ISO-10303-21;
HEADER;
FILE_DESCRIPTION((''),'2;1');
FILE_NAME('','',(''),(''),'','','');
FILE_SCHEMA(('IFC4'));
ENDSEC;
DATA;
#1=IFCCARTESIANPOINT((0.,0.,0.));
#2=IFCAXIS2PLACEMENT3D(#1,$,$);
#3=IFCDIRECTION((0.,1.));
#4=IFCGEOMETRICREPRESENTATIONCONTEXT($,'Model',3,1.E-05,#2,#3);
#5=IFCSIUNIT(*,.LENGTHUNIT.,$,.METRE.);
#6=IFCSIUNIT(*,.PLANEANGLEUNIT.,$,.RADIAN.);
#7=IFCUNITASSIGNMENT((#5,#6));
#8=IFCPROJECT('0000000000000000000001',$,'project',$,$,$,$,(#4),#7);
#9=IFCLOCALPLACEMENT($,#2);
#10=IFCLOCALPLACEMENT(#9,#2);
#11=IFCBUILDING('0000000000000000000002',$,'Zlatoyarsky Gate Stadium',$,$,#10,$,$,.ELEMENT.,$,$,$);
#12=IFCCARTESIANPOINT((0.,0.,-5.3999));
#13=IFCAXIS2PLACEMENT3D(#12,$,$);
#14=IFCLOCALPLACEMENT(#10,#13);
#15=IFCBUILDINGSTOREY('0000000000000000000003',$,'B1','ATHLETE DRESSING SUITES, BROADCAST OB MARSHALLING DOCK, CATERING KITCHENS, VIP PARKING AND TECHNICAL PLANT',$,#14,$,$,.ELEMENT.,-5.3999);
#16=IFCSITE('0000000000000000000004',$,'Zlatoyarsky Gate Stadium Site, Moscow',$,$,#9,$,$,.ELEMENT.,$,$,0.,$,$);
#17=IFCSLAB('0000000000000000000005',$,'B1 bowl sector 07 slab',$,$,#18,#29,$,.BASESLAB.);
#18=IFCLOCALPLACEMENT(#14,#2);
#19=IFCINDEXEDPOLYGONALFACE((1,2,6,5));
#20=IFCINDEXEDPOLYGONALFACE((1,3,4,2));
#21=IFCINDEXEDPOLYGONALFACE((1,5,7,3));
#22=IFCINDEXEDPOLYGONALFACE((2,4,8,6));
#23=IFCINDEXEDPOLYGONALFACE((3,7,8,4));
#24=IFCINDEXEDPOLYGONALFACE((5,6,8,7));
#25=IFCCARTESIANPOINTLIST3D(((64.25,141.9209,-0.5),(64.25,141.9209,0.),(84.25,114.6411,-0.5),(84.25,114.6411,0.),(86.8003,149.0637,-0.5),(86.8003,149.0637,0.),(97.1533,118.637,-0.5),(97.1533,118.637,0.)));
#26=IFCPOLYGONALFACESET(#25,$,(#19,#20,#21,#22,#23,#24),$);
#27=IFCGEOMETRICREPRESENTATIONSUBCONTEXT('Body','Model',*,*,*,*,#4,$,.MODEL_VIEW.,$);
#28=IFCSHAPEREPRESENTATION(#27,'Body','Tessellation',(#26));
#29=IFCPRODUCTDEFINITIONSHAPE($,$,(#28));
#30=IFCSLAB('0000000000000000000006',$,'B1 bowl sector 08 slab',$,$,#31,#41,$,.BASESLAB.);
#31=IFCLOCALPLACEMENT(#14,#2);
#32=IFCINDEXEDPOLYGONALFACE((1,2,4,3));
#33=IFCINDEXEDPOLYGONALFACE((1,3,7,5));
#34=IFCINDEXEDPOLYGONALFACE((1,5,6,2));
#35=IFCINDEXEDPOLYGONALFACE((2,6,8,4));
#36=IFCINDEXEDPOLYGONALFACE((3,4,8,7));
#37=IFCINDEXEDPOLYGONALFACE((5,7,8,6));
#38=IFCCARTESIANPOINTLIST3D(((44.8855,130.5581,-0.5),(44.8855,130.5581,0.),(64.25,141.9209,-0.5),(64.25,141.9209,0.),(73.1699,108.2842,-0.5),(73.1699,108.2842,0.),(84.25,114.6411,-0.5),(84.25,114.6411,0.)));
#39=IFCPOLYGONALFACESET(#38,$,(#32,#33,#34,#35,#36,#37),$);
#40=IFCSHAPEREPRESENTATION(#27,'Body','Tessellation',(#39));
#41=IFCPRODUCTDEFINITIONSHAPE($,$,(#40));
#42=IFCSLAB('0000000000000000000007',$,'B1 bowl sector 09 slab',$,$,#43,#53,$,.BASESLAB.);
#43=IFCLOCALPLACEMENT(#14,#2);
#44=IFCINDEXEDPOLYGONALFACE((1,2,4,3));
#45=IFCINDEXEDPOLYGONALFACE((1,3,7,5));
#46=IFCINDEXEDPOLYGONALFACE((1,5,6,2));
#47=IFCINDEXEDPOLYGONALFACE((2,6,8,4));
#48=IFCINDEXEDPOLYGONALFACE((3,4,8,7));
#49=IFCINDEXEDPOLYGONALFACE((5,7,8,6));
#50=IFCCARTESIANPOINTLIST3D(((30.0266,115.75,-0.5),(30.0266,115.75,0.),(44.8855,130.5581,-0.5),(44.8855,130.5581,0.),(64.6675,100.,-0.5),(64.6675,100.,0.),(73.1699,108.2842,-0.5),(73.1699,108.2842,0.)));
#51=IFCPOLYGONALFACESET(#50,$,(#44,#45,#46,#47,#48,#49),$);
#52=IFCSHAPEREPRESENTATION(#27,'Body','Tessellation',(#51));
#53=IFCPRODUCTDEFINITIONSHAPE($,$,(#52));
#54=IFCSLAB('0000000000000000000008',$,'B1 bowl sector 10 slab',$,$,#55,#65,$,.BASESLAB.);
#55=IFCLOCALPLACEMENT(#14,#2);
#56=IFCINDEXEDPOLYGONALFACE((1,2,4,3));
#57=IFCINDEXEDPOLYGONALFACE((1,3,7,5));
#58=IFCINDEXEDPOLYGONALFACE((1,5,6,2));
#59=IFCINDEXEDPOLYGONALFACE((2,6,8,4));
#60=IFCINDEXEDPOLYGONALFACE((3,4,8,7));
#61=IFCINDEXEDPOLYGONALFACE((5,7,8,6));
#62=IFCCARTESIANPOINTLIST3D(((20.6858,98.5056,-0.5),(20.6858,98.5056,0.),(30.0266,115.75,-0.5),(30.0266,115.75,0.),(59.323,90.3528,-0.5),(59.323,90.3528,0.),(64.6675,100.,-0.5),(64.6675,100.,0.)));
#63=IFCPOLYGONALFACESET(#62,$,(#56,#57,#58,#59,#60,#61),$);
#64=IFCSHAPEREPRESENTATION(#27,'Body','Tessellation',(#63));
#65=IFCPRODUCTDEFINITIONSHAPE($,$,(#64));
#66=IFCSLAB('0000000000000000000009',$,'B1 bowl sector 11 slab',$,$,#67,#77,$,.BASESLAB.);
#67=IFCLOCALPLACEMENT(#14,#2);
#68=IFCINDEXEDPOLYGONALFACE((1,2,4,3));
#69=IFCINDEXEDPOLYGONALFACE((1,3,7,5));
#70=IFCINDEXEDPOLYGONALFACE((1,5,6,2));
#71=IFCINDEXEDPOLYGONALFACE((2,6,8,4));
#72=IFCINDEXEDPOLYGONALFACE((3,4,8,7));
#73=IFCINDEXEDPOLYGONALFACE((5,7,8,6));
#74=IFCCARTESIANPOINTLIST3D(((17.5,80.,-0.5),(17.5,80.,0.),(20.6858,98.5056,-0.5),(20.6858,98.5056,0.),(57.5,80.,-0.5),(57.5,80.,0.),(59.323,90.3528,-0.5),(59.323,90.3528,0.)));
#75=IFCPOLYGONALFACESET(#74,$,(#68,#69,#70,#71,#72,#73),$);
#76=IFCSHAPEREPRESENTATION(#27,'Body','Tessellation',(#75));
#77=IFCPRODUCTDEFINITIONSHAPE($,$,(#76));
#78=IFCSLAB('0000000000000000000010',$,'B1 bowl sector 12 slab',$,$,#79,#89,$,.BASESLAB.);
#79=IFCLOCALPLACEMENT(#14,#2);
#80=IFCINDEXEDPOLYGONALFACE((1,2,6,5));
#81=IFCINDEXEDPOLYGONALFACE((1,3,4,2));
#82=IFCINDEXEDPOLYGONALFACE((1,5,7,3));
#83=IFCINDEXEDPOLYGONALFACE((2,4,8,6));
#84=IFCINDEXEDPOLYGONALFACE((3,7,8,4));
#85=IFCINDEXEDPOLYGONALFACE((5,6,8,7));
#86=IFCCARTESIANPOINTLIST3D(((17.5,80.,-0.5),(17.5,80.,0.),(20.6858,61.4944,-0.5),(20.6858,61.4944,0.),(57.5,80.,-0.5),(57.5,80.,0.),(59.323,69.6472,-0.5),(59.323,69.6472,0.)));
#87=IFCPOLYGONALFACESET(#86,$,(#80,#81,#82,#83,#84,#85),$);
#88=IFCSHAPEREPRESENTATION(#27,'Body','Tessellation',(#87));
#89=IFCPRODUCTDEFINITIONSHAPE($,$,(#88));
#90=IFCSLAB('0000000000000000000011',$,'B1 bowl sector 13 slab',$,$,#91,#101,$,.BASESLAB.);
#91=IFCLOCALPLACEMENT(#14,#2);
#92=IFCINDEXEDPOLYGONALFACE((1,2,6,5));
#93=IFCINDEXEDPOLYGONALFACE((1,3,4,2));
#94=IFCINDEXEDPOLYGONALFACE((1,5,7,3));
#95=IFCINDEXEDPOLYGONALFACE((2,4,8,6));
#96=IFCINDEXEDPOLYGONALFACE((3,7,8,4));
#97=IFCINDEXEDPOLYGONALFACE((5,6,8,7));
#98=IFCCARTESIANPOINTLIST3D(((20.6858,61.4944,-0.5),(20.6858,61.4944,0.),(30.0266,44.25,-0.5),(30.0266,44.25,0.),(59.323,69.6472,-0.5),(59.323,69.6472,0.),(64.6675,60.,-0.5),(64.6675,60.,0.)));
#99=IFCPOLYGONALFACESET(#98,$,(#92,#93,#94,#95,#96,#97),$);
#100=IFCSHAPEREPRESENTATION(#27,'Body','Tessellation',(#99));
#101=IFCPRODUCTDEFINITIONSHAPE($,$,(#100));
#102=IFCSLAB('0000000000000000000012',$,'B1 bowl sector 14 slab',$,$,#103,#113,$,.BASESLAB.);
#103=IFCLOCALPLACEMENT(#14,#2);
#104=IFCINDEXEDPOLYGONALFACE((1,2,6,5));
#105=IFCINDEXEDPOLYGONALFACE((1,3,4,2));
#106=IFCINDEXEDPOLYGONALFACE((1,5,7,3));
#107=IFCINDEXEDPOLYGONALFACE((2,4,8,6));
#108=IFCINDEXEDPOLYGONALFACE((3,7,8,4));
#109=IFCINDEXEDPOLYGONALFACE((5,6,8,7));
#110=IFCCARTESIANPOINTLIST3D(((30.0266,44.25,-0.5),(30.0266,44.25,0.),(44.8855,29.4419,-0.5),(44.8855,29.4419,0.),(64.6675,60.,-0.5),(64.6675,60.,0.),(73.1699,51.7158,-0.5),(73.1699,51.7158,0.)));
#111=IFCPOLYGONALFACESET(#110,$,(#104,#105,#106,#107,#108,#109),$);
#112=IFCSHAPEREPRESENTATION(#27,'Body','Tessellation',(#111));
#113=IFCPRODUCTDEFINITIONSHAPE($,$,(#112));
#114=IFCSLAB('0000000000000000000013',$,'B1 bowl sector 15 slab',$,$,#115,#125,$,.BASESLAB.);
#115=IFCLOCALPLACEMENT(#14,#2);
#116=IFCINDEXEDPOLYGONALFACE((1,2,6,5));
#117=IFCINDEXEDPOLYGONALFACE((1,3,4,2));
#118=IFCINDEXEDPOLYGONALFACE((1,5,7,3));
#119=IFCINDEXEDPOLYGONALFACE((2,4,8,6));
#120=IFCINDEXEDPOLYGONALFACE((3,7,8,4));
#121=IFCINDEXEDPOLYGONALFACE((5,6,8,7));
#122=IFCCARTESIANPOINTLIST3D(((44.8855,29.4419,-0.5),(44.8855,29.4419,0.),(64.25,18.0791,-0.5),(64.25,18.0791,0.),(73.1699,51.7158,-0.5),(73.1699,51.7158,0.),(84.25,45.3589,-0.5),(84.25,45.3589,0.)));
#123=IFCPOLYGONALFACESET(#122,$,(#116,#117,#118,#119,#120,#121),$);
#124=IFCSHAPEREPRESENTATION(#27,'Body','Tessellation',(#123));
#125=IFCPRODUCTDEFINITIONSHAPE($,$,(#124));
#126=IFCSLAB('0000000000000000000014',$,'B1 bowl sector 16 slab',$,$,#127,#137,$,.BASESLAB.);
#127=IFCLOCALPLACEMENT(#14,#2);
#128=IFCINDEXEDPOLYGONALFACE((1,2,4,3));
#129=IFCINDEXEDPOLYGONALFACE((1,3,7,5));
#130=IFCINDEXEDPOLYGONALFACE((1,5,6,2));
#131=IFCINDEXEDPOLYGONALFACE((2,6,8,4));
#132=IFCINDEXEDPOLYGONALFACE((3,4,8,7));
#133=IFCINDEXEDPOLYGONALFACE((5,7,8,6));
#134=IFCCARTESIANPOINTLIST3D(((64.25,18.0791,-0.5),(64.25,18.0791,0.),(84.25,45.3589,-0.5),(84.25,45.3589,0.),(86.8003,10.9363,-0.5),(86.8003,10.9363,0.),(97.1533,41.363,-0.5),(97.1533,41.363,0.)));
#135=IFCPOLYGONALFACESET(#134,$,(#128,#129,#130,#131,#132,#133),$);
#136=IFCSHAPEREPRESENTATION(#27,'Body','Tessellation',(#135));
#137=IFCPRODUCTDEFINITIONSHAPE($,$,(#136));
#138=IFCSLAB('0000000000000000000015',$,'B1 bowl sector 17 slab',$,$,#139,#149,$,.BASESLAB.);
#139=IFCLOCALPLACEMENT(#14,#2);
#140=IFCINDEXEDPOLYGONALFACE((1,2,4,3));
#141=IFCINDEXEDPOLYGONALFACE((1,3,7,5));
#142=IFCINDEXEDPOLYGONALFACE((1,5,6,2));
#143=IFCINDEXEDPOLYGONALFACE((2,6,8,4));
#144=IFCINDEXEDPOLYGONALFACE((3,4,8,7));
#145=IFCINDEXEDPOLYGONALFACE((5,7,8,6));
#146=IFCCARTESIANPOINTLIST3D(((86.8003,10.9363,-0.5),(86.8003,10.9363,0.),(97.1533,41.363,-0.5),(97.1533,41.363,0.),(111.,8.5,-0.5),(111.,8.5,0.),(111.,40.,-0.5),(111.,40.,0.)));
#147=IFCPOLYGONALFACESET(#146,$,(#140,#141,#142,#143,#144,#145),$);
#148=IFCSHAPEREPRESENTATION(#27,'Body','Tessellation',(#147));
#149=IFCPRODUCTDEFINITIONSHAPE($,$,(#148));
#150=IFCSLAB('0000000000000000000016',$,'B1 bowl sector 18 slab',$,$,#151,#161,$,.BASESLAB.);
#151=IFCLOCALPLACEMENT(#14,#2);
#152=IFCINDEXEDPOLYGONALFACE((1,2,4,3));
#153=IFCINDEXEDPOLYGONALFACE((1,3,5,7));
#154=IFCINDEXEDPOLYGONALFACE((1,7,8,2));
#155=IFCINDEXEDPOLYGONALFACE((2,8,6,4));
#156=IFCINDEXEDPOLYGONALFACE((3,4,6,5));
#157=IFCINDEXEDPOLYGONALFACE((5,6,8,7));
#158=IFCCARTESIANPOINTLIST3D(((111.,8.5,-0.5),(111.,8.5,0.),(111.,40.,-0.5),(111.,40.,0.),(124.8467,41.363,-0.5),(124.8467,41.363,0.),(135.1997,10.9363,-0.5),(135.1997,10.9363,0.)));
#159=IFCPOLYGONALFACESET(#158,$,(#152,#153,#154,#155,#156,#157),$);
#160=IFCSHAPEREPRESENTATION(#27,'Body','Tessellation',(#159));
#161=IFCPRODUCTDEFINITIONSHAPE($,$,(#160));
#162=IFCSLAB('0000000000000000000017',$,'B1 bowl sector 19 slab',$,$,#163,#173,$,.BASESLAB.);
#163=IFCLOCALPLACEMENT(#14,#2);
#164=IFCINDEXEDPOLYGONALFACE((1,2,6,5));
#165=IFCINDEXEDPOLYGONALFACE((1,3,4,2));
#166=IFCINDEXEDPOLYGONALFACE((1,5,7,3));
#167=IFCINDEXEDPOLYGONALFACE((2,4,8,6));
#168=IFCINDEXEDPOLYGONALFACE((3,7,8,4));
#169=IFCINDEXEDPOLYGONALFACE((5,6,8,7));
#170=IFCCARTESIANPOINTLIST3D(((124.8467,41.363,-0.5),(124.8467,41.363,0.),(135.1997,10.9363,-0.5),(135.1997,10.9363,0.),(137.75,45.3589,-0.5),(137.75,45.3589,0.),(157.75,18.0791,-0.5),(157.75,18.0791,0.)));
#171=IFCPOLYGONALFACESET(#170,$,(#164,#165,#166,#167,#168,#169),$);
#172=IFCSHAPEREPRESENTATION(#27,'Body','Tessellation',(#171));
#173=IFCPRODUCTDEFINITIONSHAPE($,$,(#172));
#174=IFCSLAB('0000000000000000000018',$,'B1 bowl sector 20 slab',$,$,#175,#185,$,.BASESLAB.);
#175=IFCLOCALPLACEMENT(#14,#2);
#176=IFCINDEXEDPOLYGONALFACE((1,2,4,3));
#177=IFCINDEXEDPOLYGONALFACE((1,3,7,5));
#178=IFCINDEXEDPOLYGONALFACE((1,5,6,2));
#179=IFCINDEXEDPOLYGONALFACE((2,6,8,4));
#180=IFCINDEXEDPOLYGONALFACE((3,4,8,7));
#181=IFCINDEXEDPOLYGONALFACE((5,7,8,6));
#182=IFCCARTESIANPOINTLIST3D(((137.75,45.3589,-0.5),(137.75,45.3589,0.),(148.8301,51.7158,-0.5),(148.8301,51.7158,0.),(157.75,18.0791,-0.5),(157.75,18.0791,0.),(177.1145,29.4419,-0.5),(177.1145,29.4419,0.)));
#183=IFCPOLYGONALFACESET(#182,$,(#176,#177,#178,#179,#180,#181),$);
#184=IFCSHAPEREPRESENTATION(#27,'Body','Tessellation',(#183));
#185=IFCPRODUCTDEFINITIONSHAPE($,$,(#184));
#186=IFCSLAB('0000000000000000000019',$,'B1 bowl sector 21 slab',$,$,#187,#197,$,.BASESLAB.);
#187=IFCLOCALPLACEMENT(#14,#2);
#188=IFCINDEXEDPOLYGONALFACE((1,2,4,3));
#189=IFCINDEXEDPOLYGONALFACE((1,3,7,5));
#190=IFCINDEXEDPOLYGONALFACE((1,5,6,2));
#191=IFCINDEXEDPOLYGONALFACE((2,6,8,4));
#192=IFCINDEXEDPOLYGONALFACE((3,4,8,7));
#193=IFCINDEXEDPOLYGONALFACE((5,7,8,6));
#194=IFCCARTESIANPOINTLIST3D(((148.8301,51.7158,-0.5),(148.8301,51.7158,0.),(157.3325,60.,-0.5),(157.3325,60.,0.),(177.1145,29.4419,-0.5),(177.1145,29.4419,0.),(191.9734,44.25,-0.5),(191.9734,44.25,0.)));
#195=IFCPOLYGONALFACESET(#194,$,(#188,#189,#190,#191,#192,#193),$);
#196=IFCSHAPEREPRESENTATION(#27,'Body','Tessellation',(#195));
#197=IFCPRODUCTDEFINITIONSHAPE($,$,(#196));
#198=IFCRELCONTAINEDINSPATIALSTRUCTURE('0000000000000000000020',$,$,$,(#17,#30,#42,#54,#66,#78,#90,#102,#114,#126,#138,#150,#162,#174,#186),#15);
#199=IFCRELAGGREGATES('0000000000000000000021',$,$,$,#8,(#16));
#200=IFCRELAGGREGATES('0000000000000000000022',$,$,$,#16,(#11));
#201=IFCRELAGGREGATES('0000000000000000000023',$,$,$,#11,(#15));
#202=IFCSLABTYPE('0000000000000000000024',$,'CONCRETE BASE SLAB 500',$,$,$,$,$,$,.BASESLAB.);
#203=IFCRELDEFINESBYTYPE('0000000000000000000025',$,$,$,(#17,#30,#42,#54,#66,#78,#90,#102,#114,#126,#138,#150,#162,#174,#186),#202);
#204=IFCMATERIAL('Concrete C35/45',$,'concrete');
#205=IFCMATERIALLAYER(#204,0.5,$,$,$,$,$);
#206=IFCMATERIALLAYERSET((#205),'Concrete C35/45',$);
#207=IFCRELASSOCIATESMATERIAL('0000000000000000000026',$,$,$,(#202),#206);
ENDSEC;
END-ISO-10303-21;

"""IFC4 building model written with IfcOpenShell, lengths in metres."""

from ifc_helpers import new_model, si_unit, direction, frame, origin, place, context, subcontext, project, spatial, polyline, outline, extrude, material, layer, layer_set, type_object, element, save


model = new_model("IFC4")

# Units and contexts
model_context = context("Model", 3, precision=1e-05, world=origin(), true_north=direction((0.0, 1.0)))
body_context = subcontext(model_context, "Body", "Model", "MODEL_VIEW")
ifc_project = project(units=[si_unit("LENGTHUNIT", "METRE"), si_unit("PLANEANGLEUNIT", "RADIAN")], contexts=[model_context])

# Site, building, storey
site_placement = place(None, origin())
site = spatial("IfcSite", under=ifc_project, at=site_placement, Name="Zlatoyarsky Gate Stadium Site, Moscow", CompositionType="ELEMENT", RefElevation=0.0)
building_placement = place(site_placement, origin())
building = spatial("IfcBuilding", under=site, at=building_placement, Name="Zlatoyarsky Gate Stadium", CompositionType="ELEMENT")
storey_placement = place(building_placement, frame((0.0, 0.0, -5.3999)))
storey = spatial("IfcBuildingStorey", under=building, at=storey_placement, Name="B1", Description="ATHLETE DRESSING SUITES, BROADCAST OB MARSHALLING DOCK, CATERING KITCHENS, VIP PARKING AND TECHNICAL PLANT", CompositionType="ELEMENT", Elevation=-5.3999)

# Shared definitions
ifc_material = material(Name="Concrete C35/45", Category="concrete")

# Slabs
ifc_layer = layer(ifc_material, 0.5)
ifc_layer_set = layer_set([ifc_layer], Name="Concrete C35/45")
slab_type = type_object("IfcSlabType", Name="CONCRETE BASE SLAB 500", PredefinedType="BASESLAB", material=ifc_layer_set)
slab_1_placement = place(storey_placement, frame((0.0, 0.0, -0.5)))
element("IfcSlab", 1, at=slab_1_placement, inside=storey, type_object=slab_type, Name="B1 bowl sector 07 slab", PredefinedType="BASESLAB", context=body_context, shape_type="SweptSolid", body=[
    extrude(outline(polyline([(84.25, 114.6411), (64.25, 141.9209), (86.8003, 149.0637), (97.1533, 118.637), (84.25, 114.6411)])), origin(), (0.0, 0.0, 1.0), 0.5),
])
slab_2_placement = place(storey_placement, frame((0.0, 0.0, -0.5)))
element("IfcSlab", 2, at=slab_2_placement, inside=storey, type_object=slab_type, Name="B1 bowl sector 08 slab", PredefinedType="BASESLAB", context=body_context, shape_type="SweptSolid", body=[
    extrude(outline(polyline([(73.1699, 108.2842), (44.8855, 130.5581), (64.25, 141.9209), (84.25, 114.6411), (73.1699, 108.2842)])), origin(), (0.0, 0.0, 1.0), 0.5),
])
slab_3_placement = place(storey_placement, frame((0.0, 0.0, -0.5)))
element("IfcSlab", 3, at=slab_3_placement, inside=storey, type_object=slab_type, Name="B1 bowl sector 09 slab", PredefinedType="BASESLAB", context=body_context, shape_type="SweptSolid", body=[
    extrude(outline(polyline([(64.6675, 100.0), (30.0266, 115.75), (44.8855, 130.5581), (73.1699, 108.2842), (64.6675, 100.0)])), origin(), (0.0, 0.0, 1.0), 0.5),
])
slab_4_placement = place(storey_placement, frame((0.0, 0.0, -0.5)))
element("IfcSlab", 4, at=slab_4_placement, inside=storey, type_object=slab_type, Name="B1 bowl sector 10 slab", PredefinedType="BASESLAB", context=body_context, shape_type="SweptSolid", body=[
    extrude(outline(polyline([(59.323, 90.3528), (20.6858, 98.5056), (30.0266, 115.75), (64.6675, 100.0), (59.323, 90.3528)])), origin(), (0.0, 0.0, 1.0), 0.5),
])
slab_5_placement = place(storey_placement, frame((0.0, 0.0, -0.5)))
element("IfcSlab", 5, at=slab_5_placement, inside=storey, type_object=slab_type, Name="B1 bowl sector 11 slab", PredefinedType="BASESLAB", context=body_context, shape_type="SweptSolid", body=[
    extrude(outline(polyline([(57.5, 80.0), (17.5, 80.0), (20.6858, 98.5056), (59.323, 90.3528), (57.5, 80.0)])), origin(), (0.0, 0.0, 1.0), 0.5),
])
slab_6_placement = place(storey_placement, frame((0.0, 0.0, -0.5)))
element("IfcSlab", 6, at=slab_6_placement, inside=storey, type_object=slab_type, Name="B1 bowl sector 12 slab", PredefinedType="BASESLAB", context=body_context, shape_type="SweptSolid", body=[
    extrude(outline(polyline([(59.323, 69.6472), (20.6858, 61.4944), (17.5, 80.0), (57.5, 80.0), (59.323, 69.6472)])), origin(), (0.0, 0.0, 1.0), 0.5),
])
slab_7_placement = place(storey_placement, frame((0.0, 0.0, -0.5)))
element("IfcSlab", 7, at=slab_7_placement, inside=storey, type_object=slab_type, Name="B1 bowl sector 13 slab", PredefinedType="BASESLAB", context=body_context, shape_type="SweptSolid", body=[
    extrude(outline(polyline([(64.6675, 60.0), (30.0266, 44.25), (20.6858, 61.4944), (59.323, 69.6472), (64.6675, 60.0)])), origin(), (0.0, 0.0, 1.0), 0.5),
])
slab_8_placement = place(storey_placement, frame((0.0, 0.0, -0.5)))
element("IfcSlab", 8, at=slab_8_placement, inside=storey, type_object=slab_type, Name="B1 bowl sector 14 slab", PredefinedType="BASESLAB", context=body_context, shape_type="SweptSolid", body=[
    extrude(outline(polyline([(73.1699, 51.7158), (44.8855, 29.4419), (30.0266, 44.25), (64.6675, 60.0), (73.1699, 51.7158)])), origin(), (0.0, 0.0, 1.0), 0.5),
])
slab_9_placement = place(storey_placement, frame((0.0, 0.0, -0.5)))
element("IfcSlab", 9, at=slab_9_placement, inside=storey, type_object=slab_type, Name="B1 bowl sector 15 slab", PredefinedType="BASESLAB", context=body_context, shape_type="SweptSolid", body=[
    extrude(outline(polyline([(84.25, 45.3589), (64.25, 18.0791), (44.8855, 29.4419), (73.1699, 51.7158), (84.25, 45.3589)])), origin(), (0.0, 0.0, 1.0), 0.5),
])
slab_10_placement = place(storey_placement, frame((0.0, 0.0, -0.5)))
element("IfcSlab", 10, at=slab_10_placement, inside=storey, type_object=slab_type, Name="B1 bowl sector 16 slab", PredefinedType="BASESLAB", context=body_context, shape_type="SweptSolid", body=[
    extrude(outline(polyline([(97.1533, 41.363), (86.8003, 10.9363), (64.25, 18.0791), (84.25, 45.3589), (97.1533, 41.363)])), origin(), (0.0, 0.0, 1.0), 0.5),
])
slab_11_placement = place(storey_placement, frame((0.0, 0.0, -0.5)))
element("IfcSlab", 11, at=slab_11_placement, inside=storey, type_object=slab_type, Name="B1 bowl sector 17 slab", PredefinedType="BASESLAB", context=body_context, shape_type="SweptSolid", body=[
    extrude(outline(polyline([(111.0, 40.0), (111.0, 8.5), (86.8003, 10.9363), (97.1533, 41.363), (111.0, 40.0)])), origin(), (0.0, 0.0, 1.0), 0.5),
])
slab_12_placement = place(storey_placement, frame((0.0, 0.0, -0.5)))
element("IfcSlab", 12, at=slab_12_placement, inside=storey, type_object=slab_type, Name="B1 bowl sector 18 slab", PredefinedType="BASESLAB", context=body_context, shape_type="SweptSolid", body=[
    extrude(outline(polyline([(124.8467, 41.363), (135.1997, 10.9363), (111.0, 8.5), (111.0, 40.0), (124.8467, 41.363)])), origin(), (0.0, 0.0, 1.0), 0.5),
])
slab_13_placement = place(storey_placement, frame((0.0, 0.0, -0.5)))
element("IfcSlab", 13, at=slab_13_placement, inside=storey, type_object=slab_type, Name="B1 bowl sector 19 slab", PredefinedType="BASESLAB", context=body_context, shape_type="SweptSolid", body=[
    extrude(outline(polyline([(137.75, 45.3589), (157.75, 18.0791), (135.1997, 10.9363), (124.8467, 41.363), (137.75, 45.3589)])), origin(), (0.0, 0.0, 1.0), 0.5),
])
slab_14_placement = place(storey_placement, frame((0.0, 0.0, -0.5)))
element("IfcSlab", 14, at=slab_14_placement, inside=storey, type_object=slab_type, Name="B1 bowl sector 20 slab", PredefinedType="BASESLAB", context=body_context, shape_type="SweptSolid", body=[
    extrude(outline(polyline([(148.8301, 51.7158), (177.1145, 29.4419), (157.75, 18.0791), (137.75, 45.3589), (148.8301, 51.7158)])), origin(), (0.0, 0.0, 1.0), 0.5),
])
slab_15_placement = place(storey_placement, frame((0.0, 0.0, -0.5)))
element("IfcSlab", 15, at=slab_15_placement, inside=storey, type_object=slab_type, Name="B1 bowl sector 21 slab", PredefinedType="BASESLAB", context=body_context, shape_type="SweptSolid", body=[
    extrude(outline(polyline([(157.3325, 60.0), (191.9734, 44.25), (177.1145, 29.4419), (148.8301, 51.7158), (157.3325, 60.0)])), origin(), (0.0, 0.0, 1.0), 0.5),
])

save(model, "model.ifc")
